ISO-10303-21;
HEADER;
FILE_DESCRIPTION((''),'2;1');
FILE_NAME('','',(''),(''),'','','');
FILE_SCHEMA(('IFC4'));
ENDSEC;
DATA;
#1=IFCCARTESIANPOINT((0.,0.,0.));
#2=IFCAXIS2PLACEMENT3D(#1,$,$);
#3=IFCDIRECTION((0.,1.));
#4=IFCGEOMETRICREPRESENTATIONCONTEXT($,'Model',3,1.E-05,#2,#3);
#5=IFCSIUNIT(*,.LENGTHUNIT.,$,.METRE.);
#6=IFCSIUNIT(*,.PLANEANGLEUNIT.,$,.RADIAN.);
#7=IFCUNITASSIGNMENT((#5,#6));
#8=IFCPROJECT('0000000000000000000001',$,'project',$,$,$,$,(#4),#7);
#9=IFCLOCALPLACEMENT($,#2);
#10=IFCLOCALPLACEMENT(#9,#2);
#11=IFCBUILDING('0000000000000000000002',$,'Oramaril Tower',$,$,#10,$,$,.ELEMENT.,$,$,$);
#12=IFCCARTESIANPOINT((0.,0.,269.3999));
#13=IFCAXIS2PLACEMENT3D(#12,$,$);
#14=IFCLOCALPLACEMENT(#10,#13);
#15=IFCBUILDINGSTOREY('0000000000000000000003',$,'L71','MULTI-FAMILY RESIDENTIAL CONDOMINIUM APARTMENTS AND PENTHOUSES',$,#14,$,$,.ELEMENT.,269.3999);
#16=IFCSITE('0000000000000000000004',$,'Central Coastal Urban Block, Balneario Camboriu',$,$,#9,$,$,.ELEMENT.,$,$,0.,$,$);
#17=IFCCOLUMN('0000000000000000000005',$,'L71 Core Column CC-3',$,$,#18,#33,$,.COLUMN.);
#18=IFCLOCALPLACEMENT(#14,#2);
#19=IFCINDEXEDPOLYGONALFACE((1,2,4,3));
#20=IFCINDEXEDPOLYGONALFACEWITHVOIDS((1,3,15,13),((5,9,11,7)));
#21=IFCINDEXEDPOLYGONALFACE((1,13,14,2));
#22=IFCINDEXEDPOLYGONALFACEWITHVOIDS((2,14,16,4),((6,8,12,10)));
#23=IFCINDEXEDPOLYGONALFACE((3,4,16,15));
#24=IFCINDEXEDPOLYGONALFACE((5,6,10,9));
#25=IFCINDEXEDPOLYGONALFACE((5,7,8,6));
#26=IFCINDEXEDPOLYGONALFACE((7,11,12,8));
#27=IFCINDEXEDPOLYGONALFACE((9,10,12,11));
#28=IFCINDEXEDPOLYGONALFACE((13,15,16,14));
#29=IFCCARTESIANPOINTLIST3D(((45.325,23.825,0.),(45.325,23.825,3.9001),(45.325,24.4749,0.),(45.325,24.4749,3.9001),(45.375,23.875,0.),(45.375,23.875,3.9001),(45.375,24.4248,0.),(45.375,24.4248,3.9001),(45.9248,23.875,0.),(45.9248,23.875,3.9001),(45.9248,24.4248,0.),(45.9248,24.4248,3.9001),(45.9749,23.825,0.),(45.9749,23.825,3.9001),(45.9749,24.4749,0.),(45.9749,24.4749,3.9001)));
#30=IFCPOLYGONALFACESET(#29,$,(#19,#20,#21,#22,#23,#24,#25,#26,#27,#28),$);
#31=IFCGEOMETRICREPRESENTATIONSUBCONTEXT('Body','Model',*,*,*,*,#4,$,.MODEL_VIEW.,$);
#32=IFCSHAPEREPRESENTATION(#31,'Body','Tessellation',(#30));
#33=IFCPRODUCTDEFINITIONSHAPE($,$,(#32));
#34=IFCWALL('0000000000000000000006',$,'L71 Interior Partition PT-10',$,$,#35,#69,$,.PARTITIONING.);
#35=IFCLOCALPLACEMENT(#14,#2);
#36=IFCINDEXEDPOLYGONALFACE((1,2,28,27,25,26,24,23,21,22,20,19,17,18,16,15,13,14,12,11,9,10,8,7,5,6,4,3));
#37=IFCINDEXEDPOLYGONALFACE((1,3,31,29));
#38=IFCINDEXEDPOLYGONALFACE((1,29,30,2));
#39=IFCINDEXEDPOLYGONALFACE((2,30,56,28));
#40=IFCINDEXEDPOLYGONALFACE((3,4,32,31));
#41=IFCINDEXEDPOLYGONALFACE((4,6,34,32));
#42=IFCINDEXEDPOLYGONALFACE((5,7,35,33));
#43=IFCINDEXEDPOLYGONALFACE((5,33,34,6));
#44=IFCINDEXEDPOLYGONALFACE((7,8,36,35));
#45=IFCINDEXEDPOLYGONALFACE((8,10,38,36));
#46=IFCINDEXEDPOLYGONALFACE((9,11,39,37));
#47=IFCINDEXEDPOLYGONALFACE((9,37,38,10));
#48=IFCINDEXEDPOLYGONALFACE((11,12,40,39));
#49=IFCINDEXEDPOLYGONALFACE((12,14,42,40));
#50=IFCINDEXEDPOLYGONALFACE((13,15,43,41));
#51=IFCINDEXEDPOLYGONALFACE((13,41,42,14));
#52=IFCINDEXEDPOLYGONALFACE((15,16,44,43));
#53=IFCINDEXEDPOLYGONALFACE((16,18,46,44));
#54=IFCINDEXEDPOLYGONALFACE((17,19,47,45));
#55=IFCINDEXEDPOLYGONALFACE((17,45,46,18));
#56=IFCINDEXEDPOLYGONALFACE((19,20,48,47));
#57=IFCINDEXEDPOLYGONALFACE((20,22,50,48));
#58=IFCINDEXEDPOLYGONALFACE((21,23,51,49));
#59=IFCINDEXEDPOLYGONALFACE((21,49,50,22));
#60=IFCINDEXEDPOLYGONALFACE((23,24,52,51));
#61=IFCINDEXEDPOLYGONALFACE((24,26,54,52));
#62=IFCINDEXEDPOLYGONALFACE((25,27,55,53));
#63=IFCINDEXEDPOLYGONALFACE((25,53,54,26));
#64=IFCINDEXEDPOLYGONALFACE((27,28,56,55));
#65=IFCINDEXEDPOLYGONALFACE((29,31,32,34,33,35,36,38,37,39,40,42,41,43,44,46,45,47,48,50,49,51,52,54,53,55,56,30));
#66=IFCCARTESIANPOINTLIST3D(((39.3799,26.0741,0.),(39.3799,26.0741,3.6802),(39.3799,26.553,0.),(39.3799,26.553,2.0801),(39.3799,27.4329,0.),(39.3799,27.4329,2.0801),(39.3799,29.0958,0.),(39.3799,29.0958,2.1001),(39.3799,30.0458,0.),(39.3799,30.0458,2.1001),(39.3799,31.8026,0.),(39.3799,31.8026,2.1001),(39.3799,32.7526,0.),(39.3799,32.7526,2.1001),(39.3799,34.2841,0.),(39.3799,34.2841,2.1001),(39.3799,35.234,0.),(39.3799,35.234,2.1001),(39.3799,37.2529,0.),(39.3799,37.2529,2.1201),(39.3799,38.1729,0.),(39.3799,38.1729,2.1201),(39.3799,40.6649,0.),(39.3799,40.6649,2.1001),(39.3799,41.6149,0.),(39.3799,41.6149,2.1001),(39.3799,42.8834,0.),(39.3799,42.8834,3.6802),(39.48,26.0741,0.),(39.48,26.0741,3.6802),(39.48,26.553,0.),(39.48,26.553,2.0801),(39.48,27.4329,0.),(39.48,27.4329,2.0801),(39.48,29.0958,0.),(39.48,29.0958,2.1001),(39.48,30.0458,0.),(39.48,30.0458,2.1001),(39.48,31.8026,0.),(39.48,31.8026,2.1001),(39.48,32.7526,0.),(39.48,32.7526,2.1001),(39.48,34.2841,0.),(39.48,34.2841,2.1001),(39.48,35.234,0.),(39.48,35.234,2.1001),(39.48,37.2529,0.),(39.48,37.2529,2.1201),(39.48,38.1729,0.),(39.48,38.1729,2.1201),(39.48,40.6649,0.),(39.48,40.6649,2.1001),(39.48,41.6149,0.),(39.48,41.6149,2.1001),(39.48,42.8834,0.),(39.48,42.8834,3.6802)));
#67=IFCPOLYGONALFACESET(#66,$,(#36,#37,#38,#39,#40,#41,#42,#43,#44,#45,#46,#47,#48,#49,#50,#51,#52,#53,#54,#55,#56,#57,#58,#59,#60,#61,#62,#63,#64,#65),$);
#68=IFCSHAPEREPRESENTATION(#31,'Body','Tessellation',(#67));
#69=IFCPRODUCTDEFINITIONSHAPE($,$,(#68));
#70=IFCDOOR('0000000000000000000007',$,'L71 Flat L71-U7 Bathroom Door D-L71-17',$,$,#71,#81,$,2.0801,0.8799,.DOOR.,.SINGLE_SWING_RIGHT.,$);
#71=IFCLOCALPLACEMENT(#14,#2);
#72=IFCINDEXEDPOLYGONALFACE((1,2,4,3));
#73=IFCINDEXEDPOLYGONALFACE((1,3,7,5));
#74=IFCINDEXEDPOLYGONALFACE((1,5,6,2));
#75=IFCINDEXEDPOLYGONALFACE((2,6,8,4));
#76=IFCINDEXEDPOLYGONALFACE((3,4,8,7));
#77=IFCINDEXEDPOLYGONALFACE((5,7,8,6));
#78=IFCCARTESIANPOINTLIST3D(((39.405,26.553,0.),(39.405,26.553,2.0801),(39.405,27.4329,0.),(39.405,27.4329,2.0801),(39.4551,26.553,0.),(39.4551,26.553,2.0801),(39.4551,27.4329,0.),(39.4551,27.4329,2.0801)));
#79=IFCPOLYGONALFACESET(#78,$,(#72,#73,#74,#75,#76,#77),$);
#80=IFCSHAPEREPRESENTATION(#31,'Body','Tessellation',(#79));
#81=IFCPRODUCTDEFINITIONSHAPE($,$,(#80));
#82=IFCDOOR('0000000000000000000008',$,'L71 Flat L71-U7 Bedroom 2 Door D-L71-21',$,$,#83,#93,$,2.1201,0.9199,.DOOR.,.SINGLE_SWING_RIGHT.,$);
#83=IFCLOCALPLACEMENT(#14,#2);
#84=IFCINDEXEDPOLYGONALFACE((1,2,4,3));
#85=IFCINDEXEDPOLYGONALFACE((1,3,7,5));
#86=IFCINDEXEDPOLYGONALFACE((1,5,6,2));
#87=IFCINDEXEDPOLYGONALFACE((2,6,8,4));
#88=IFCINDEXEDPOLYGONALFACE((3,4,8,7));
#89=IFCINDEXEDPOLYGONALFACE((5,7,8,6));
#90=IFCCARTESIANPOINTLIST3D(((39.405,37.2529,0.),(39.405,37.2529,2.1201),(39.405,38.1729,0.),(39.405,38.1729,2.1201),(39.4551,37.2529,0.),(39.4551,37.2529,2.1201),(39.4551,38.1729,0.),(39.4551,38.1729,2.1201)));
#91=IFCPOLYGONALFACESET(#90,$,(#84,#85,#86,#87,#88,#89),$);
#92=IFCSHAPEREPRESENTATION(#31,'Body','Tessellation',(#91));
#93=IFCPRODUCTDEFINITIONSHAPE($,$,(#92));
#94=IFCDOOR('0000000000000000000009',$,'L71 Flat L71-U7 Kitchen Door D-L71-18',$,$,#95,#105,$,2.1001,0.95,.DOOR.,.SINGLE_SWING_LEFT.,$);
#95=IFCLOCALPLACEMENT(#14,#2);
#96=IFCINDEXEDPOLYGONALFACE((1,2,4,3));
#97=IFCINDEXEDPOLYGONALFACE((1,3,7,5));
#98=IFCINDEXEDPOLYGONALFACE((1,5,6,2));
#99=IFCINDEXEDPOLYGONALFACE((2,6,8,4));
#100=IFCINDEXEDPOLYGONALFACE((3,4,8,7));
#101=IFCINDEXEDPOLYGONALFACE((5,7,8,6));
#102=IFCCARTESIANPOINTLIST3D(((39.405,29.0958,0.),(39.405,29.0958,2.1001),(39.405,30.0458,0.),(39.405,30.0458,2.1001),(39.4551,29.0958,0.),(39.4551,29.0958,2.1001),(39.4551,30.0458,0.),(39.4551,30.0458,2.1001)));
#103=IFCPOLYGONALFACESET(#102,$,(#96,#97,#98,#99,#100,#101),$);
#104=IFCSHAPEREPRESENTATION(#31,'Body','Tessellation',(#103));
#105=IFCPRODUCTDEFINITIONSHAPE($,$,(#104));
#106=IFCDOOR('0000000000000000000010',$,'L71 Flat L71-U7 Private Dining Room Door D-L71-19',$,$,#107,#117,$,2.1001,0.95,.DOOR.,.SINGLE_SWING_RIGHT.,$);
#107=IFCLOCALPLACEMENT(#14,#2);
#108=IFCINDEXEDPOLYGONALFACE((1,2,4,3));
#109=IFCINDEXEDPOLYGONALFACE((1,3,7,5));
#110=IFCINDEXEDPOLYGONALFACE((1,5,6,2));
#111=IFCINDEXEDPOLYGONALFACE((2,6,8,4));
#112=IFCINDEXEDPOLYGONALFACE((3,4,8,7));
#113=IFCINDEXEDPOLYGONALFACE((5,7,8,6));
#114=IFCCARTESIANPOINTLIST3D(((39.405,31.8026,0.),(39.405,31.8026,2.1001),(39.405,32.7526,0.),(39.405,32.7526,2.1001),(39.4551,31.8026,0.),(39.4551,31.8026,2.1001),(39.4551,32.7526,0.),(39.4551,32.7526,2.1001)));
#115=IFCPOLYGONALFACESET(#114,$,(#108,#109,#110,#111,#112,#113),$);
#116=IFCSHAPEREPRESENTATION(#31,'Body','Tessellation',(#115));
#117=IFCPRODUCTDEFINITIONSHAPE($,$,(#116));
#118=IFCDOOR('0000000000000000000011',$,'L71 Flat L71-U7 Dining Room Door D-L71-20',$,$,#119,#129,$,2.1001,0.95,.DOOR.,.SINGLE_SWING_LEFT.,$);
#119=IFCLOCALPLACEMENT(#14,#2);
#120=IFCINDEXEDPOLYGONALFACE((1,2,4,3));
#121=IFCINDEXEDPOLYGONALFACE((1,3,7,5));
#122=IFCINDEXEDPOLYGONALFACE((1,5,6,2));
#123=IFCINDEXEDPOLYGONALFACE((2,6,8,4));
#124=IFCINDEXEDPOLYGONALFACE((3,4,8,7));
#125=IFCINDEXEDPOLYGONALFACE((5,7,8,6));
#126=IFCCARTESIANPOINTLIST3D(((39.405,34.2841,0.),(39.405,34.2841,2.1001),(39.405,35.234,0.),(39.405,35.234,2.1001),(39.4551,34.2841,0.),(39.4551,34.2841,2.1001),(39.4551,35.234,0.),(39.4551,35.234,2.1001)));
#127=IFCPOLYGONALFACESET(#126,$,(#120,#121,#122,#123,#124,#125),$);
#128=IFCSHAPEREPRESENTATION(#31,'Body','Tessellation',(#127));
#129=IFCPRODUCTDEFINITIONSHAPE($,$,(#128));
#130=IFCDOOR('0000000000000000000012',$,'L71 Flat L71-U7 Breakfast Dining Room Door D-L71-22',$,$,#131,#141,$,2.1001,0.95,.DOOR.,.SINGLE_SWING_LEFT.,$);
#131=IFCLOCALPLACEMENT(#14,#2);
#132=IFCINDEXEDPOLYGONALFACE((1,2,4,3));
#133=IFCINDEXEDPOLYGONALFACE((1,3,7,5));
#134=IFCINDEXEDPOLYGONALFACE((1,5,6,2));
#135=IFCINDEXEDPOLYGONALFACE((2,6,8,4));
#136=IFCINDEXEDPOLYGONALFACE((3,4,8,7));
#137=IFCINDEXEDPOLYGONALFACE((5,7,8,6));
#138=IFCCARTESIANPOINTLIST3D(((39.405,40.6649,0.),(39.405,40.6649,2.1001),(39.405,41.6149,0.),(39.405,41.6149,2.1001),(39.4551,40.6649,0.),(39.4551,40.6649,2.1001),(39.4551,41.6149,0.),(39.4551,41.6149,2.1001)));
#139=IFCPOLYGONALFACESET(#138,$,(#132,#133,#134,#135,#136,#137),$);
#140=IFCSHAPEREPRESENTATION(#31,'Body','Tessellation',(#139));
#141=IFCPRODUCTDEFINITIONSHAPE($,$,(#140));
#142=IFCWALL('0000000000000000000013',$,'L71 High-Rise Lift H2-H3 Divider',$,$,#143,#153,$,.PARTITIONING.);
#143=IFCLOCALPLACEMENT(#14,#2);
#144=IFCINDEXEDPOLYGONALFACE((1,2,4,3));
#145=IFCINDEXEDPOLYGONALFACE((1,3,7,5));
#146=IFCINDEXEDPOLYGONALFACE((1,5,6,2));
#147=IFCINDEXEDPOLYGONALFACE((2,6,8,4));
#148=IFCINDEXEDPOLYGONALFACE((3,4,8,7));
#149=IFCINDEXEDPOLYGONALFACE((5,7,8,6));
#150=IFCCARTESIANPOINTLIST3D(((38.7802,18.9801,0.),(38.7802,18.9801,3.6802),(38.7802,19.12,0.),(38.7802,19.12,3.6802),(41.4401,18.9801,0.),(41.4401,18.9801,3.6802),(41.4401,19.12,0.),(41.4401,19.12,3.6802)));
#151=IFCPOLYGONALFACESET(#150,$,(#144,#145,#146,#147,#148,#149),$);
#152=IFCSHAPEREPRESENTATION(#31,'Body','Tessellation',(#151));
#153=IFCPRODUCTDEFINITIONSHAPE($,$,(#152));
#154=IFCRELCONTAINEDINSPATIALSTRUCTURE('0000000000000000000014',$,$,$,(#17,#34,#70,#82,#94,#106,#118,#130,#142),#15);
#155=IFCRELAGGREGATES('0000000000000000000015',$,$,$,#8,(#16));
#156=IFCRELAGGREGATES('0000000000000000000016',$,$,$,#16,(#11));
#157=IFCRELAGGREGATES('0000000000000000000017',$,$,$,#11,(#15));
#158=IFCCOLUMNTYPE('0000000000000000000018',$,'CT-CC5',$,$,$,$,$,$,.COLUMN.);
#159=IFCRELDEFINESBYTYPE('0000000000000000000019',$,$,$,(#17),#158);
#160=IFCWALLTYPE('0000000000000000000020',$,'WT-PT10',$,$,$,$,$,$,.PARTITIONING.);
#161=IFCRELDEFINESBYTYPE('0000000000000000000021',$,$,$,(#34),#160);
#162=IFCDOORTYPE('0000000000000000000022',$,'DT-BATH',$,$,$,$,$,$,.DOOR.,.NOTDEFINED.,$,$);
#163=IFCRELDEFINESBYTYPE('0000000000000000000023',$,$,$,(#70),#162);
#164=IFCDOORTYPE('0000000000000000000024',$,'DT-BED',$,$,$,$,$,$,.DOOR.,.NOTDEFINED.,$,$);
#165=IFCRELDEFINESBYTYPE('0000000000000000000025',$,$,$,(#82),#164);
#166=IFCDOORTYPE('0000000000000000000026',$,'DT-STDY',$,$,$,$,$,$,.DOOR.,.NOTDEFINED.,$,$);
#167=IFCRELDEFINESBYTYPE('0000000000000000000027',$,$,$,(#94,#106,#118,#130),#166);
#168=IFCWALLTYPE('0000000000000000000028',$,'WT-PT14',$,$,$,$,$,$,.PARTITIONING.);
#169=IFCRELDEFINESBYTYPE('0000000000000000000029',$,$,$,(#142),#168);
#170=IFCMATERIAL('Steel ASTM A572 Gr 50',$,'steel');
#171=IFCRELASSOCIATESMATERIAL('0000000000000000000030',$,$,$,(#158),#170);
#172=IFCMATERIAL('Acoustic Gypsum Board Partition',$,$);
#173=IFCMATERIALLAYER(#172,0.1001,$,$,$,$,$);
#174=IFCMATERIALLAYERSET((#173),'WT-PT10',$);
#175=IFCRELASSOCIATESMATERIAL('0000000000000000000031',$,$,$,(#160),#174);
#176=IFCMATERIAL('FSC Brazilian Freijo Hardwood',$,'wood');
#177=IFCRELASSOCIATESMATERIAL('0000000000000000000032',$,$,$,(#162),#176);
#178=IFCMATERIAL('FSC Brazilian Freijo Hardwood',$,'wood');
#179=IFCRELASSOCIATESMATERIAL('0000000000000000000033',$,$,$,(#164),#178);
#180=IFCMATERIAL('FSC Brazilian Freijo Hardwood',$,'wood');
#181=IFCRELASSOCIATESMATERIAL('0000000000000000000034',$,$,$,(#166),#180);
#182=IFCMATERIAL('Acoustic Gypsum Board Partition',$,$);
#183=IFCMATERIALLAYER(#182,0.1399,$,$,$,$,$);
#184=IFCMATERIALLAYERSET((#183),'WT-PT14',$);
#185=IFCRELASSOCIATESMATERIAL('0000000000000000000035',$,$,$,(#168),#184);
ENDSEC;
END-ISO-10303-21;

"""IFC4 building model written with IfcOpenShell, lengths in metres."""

from ifc_helpers import new_model, si_unit, direction, frame, frame_2d, origin, origin_2d, place, context, subcontext, project, spatial, rectangle, hollow_rectangle, extrude, material, layer, layer_set, material_profile, profile_set, type_object, element, fill, save


model = new_model("IFC4")

# Units and contexts
model_context = context("Model", 3, precision=1e-05, world=origin(), true_north=direction((0.0, 1.0)))
body_context = subcontext(model_context, "Body", "Model", "MODEL_VIEW")
ifc_project = project(units=[si_unit("LENGTHUNIT", "METRE"), si_unit("PLANEANGLEUNIT", "RADIAN")], contexts=[model_context])

# Site, building, storey
site_placement = place(None, origin())
site = spatial("IfcSite", under=ifc_project, at=site_placement, Name="Central Coastal Urban Block, Balneario Camboriu", CompositionType="ELEMENT", RefElevation=0.0)
building_placement = place(site_placement, origin())
building = spatial("IfcBuilding", under=site, at=building_placement, Name="Oramaril Tower", CompositionType="ELEMENT")
storey_placement = place(building_placement, frame((0.0, 0.0, 269.3999)))
storey = spatial("IfcBuildingStorey", under=building, at=storey_placement, Name="L71", Description="MULTI-FAMILY RESIDENTIAL CONDOMINIUM APARTMENTS AND PENTHOUSES", CompositionType="ELEMENT", Elevation=269.3999)

# Column
ifc_material_1 = material(Name="Steel ASTM A572 Gr 50", Category="steel")
ifc_material_profile = material_profile(ifc_material_1, hollow_rectangle(XDim=0.6499, YDim=0.6499, WallThickness=0.05, at=origin_2d()), Name="BOX650X650X50")
ifc_profile_set = profile_set([ifc_material_profile], Name="Steel ASTM A572 Gr 50")
column_type = type_object("IfcColumnType", Name="CT-CC5", PredefinedType="COLUMN", material=ifc_profile_set)
column_placement = place(storey_placement, frame((45.6499, 24.1499, 0.0), z_axis=(0.0, 0.0, 1.0), x_axis=(1.0, 0.0, 0.0)))
element("IfcColumn", 1, at=column_placement, inside=storey, type_object=column_type, Name="L71 Core Column CC-3", PredefinedType="COLUMN", context=body_context, shape_type="SweptSolid", body=[
    extrude(hollow_rectangle(XDim=0.6499, YDim=0.6499, WallThickness=0.05, at=origin_2d()), origin(), (0.0, 0.0, 1.0), 3.9001),
])

# Wall, openings, doors
ifc_material_2 = material(Name="Acoustic Gypsum Board Partition")
ifc_layer_1 = layer(ifc_material_2, 0.1001)
ifc_layer_set_1 = layer_set([ifc_layer_1], Name="WT-PT10")
wall_type_1 = type_object("IfcWallType", Name="WT-PT10", PredefinedType="PARTITIONING", material=ifc_layer_set_1)
wall_1_placement = place(storey_placement, frame((39.4299, 26.074, 0.0), z_axis=(0.0, 0.0, 1.0), x_axis=(0.0, 1.0, 0.0)))
wall_1 = element("IfcWall", 2, at=wall_1_placement, inside=storey, type_object=wall_type_1, Name="L71 Interior Partition PT-10", PredefinedType="PARTITIONING", context=body_context, shape_type="SweptSolid", body=[
    extrude(rectangle(XDim=16.8093, YDim=0.1001, at=frame_2d((8.4048, 0.0))), origin(), (0.0, 0.0, 1.0), 3.6802),
])
opening_1_placement = place(wall_1_placement, frame((0.479, 0.0, 0.0)))
opening_1 = element("IfcOpeningElement", 3, at=opening_1_placement, cuts=wall_1, PredefinedType="OPENING", context=body_context, shape_type="SweptSolid", body=[
    extrude(rectangle(XDim=0.8799, YDim=2.0801, at=frame_2d((0.4399, 1.04))), frame((0.0, 0.05, 0.0), z_axis=(0.0, -1.0, 0.0), x_axis=(1.0, 0.0, 0.0)), (0.0, 0.0, 1.0), 0.1001),
])
opening_2_placement = place(wall_1_placement, frame((3.0217, 0.0, 0.0)))
opening_2 = element("IfcOpeningElement", 4, at=opening_2_placement, cuts=wall_1, PredefinedType="OPENING", context=body_context, shape_type="SweptSolid", body=[
    extrude(rectangle(XDim=0.95, YDim=2.1001, at=frame_2d((0.4751, 1.05))), frame((0.0, 0.05, 0.0), z_axis=(0.0, -1.0, 0.0), x_axis=(1.0, 0.0, 0.0)), (0.0, 0.0, 1.0), 0.1001),
])
opening_3_placement = place(wall_1_placement, frame((5.7285, 0.0, 0.0)))
opening_3 = element("IfcOpeningElement", 5, at=opening_3_placement, cuts=wall_1, PredefinedType="OPENING", context=body_context, shape_type="SweptSolid", body=[
    extrude(rectangle(XDim=0.95, YDim=2.1001, at=frame_2d((0.4751, 1.05))), frame((0.0, 0.05, 0.0), z_axis=(0.0, -1.0, 0.0), x_axis=(1.0, 0.0, 0.0)), (0.0, 0.0, 1.0), 0.1001),
])
opening_4_placement = place(wall_1_placement, frame((8.21, 0.0, 0.0)))
opening_4 = element("IfcOpeningElement", 6, at=opening_4_placement, cuts=wall_1, PredefinedType="OPENING", context=body_context, shape_type="SweptSolid", body=[
    extrude(rectangle(XDim=0.95, YDim=2.1001, at=frame_2d((0.4751, 1.05))), frame((0.0, 0.05, 0.0), z_axis=(0.0, -1.0, 0.0), x_axis=(1.0, 0.0, 0.0)), (0.0, 0.0, 1.0), 0.1001),
])
opening_5_placement = place(wall_1_placement, frame((11.179, 0.0, 0.0)))
opening_5 = element("IfcOpeningElement", 7, at=opening_5_placement, cuts=wall_1, PredefinedType="OPENING", context=body_context, shape_type="SweptSolid", body=[
    extrude(rectangle(XDim=0.9199, YDim=2.1201, at=frame_2d((0.46, 1.0601))), frame((0.0, 0.05, 0.0), z_axis=(0.0, -1.0, 0.0), x_axis=(1.0, 0.0, 0.0)), (0.0, 0.0, 1.0), 0.1001),
])
opening_6_placement = place(wall_1_placement, frame((14.5908, 0.0, 0.0)))
opening_6 = element("IfcOpeningElement", 8, at=opening_6_placement, cuts=wall_1, PredefinedType="OPENING", context=body_context, shape_type="SweptSolid", body=[
    extrude(rectangle(XDim=0.95, YDim=2.1001, at=frame_2d((0.4751, 1.05))), frame((0.0, 0.05, 0.0), z_axis=(0.0, -1.0, 0.0), x_axis=(1.0, 0.0, 0.0)), (0.0, 0.0, 1.0), 0.1001),
])
ifc_material_3 = material(Name="FSC Brazilian Freijo Hardwood", Category="wood")
door_type_1 = type_object("IfcDoorType", Name="DT-BATH", OperationType="NOTDEFINED", PredefinedType="DOOR", material=ifc_material_3)
door_1_placement = place(opening_1_placement, origin())
door_1 = element("IfcDoor", 9, at=door_1_placement, inside=storey, type_object=door_type_1, Name="L71 Flat L71-U7 Bathroom Door D-L71-17", OperationType="SINGLE_SWING_RIGHT", OverallHeight=2.0801, OverallWidth=0.8799, PredefinedType="DOOR", context=body_context, shape_type="SweptSolid", body=[
    extrude(rectangle(XDim=0.8799, YDim=2.0801, at=frame_2d((0.4399, 1.04))), frame((0.0, 0.0249, 0.0), z_axis=(0.0, -1.0, 0.0), x_axis=(1.0, 0.0, 0.0)), (0.0, 0.0, 1.0), 0.05),
])
fill(opening_1, door_1)
ifc_material_4 = material(Name="FSC Brazilian Freijo Hardwood", Category="wood")
door_type_2 = type_object("IfcDoorType", Name="DT-BED", OperationType="NOTDEFINED", PredefinedType="DOOR", material=ifc_material_4)
door_2_placement = place(opening_5_placement, origin())
door_2 = element("IfcDoor", 10, at=door_2_placement, inside=storey, type_object=door_type_2, Name="L71 Flat L71-U7 Bedroom 2 Door D-L71-21", OperationType="SINGLE_SWING_RIGHT", OverallHeight=2.1201, OverallWidth=0.9199, PredefinedType="DOOR", context=body_context, shape_type="SweptSolid", body=[
    extrude(rectangle(XDim=0.9199, YDim=2.1201, at=frame_2d((0.46, 1.0601))), frame((0.0, 0.0249, 0.0), z_axis=(0.0, -1.0, 0.0), x_axis=(1.0, 0.0, 0.0)), (0.0, 0.0, 1.0), 0.05),
])
fill(opening_5, door_2)
ifc_material_5 = material(Name="FSC Brazilian Freijo Hardwood", Category="wood")
door_type_3 = type_object("IfcDoorType", Name="DT-STDY", OperationType="NOTDEFINED", PredefinedType="DOOR", material=ifc_material_5)
door_3_placement = place(opening_2_placement, origin())
door_3 = element("IfcDoor", 11, at=door_3_placement, inside=storey, type_object=door_type_3, Name="L71 Flat L71-U7 Kitchen Door D-L71-18", OperationType="SINGLE_SWING_LEFT", OverallHeight=2.1001, OverallWidth=0.95, PredefinedType="DOOR", context=body_context, shape_type="SweptSolid", body=[
    extrude(rectangle(XDim=0.95, YDim=2.1001, at=frame_2d((0.4751, 1.05))), frame((0.0, 0.0249, 0.0), z_axis=(0.0, -1.0, 0.0), x_axis=(1.0, 0.0, 0.0)), (0.0, 0.0, 1.0), 0.05),
])
fill(opening_2, door_3)
door_4_placement = place(opening_3_placement, origin())
door_4 = element("IfcDoor", 12, at=door_4_placement, inside=storey, type_object=door_type_3, Name="L71 Flat L71-U7 Private Dining Room Door D-L71-19", OperationType="SINGLE_SWING_RIGHT", OverallHeight=2.1001, OverallWidth=0.95, PredefinedType="DOOR", context=body_context, shape_type="SweptSolid", body=[
    extrude(rectangle(XDim=0.95, YDim=2.1001, at=frame_2d((0.4751, 1.05))), frame((0.0, 0.0249, 0.0), z_axis=(0.0, -1.0, 0.0), x_axis=(1.0, 0.0, 0.0)), (0.0, 0.0, 1.0), 0.05),
])
fill(opening_3, door_4)
door_5_placement = place(opening_4_placement, origin())
door_5 = element("IfcDoor", 13, at=door_5_placement, inside=storey, type_object=door_type_3, Name="L71 Flat L71-U7 Dining Room Door D-L71-20", OperationType="SINGLE_SWING_LEFT", OverallHeight=2.1001, OverallWidth=0.95, PredefinedType="DOOR", context=body_context, shape_type="SweptSolid", body=[
    extrude(rectangle(XDim=0.95, YDim=2.1001, at=frame_2d((0.4751, 1.05))), frame((0.0, 0.0249, 0.0), z_axis=(0.0, -1.0, 0.0), x_axis=(1.0, 0.0, 0.0)), (0.0, 0.0, 1.0), 0.05),
])
fill(opening_4, door_5)
door_6_placement = place(opening_6_placement, origin())
door_6 = element("IfcDoor", 14, at=door_6_placement, inside=storey, type_object=door_type_3, Name="L71 Flat L71-U7 Breakfast Dining Room Door D-L71-22", OperationType="SINGLE_SWING_LEFT", OverallHeight=2.1001, OverallWidth=0.95, PredefinedType="DOOR", context=body_context, shape_type="SweptSolid", body=[
    extrude(rectangle(XDim=0.95, YDim=2.1001, at=frame_2d((0.4751, 1.05))), frame((0.0, 0.0249, 0.0), z_axis=(0.0, -1.0, 0.0), x_axis=(1.0, 0.0, 0.0)), (0.0, 0.0, 1.0), 0.05),
])
fill(opening_6, door_6)

# Wall
ifc_material_6 = material(Name="Acoustic Gypsum Board Partition")
ifc_layer_2 = layer(ifc_material_6, 0.1399)
ifc_layer_set_2 = layer_set([ifc_layer_2], Name="WT-PT14")
wall_type_2 = type_object("IfcWallType", Name="WT-PT14", PredefinedType="PARTITIONING", material=ifc_layer_set_2)
wall_2_placement = place(storey_placement, frame((38.78, 19.05, 0.0), z_axis=(0.0, 0.0, 1.0), x_axis=(1.0, 0.0, 0.0)))
element("IfcWall", 15, at=wall_2_placement, inside=storey, type_object=wall_type_2, Name="L71 High-Rise Lift H2-H3 Divider", PredefinedType="PARTITIONING", context=body_context, shape_type="SweptSolid", body=[
    extrude(rectangle(XDim=2.6599, YDim=0.1399, at=frame_2d((1.3301, 0.0))), origin(), (0.0, 0.0, 1.0), 3.6802),
])

save(model, "model.ifc")
